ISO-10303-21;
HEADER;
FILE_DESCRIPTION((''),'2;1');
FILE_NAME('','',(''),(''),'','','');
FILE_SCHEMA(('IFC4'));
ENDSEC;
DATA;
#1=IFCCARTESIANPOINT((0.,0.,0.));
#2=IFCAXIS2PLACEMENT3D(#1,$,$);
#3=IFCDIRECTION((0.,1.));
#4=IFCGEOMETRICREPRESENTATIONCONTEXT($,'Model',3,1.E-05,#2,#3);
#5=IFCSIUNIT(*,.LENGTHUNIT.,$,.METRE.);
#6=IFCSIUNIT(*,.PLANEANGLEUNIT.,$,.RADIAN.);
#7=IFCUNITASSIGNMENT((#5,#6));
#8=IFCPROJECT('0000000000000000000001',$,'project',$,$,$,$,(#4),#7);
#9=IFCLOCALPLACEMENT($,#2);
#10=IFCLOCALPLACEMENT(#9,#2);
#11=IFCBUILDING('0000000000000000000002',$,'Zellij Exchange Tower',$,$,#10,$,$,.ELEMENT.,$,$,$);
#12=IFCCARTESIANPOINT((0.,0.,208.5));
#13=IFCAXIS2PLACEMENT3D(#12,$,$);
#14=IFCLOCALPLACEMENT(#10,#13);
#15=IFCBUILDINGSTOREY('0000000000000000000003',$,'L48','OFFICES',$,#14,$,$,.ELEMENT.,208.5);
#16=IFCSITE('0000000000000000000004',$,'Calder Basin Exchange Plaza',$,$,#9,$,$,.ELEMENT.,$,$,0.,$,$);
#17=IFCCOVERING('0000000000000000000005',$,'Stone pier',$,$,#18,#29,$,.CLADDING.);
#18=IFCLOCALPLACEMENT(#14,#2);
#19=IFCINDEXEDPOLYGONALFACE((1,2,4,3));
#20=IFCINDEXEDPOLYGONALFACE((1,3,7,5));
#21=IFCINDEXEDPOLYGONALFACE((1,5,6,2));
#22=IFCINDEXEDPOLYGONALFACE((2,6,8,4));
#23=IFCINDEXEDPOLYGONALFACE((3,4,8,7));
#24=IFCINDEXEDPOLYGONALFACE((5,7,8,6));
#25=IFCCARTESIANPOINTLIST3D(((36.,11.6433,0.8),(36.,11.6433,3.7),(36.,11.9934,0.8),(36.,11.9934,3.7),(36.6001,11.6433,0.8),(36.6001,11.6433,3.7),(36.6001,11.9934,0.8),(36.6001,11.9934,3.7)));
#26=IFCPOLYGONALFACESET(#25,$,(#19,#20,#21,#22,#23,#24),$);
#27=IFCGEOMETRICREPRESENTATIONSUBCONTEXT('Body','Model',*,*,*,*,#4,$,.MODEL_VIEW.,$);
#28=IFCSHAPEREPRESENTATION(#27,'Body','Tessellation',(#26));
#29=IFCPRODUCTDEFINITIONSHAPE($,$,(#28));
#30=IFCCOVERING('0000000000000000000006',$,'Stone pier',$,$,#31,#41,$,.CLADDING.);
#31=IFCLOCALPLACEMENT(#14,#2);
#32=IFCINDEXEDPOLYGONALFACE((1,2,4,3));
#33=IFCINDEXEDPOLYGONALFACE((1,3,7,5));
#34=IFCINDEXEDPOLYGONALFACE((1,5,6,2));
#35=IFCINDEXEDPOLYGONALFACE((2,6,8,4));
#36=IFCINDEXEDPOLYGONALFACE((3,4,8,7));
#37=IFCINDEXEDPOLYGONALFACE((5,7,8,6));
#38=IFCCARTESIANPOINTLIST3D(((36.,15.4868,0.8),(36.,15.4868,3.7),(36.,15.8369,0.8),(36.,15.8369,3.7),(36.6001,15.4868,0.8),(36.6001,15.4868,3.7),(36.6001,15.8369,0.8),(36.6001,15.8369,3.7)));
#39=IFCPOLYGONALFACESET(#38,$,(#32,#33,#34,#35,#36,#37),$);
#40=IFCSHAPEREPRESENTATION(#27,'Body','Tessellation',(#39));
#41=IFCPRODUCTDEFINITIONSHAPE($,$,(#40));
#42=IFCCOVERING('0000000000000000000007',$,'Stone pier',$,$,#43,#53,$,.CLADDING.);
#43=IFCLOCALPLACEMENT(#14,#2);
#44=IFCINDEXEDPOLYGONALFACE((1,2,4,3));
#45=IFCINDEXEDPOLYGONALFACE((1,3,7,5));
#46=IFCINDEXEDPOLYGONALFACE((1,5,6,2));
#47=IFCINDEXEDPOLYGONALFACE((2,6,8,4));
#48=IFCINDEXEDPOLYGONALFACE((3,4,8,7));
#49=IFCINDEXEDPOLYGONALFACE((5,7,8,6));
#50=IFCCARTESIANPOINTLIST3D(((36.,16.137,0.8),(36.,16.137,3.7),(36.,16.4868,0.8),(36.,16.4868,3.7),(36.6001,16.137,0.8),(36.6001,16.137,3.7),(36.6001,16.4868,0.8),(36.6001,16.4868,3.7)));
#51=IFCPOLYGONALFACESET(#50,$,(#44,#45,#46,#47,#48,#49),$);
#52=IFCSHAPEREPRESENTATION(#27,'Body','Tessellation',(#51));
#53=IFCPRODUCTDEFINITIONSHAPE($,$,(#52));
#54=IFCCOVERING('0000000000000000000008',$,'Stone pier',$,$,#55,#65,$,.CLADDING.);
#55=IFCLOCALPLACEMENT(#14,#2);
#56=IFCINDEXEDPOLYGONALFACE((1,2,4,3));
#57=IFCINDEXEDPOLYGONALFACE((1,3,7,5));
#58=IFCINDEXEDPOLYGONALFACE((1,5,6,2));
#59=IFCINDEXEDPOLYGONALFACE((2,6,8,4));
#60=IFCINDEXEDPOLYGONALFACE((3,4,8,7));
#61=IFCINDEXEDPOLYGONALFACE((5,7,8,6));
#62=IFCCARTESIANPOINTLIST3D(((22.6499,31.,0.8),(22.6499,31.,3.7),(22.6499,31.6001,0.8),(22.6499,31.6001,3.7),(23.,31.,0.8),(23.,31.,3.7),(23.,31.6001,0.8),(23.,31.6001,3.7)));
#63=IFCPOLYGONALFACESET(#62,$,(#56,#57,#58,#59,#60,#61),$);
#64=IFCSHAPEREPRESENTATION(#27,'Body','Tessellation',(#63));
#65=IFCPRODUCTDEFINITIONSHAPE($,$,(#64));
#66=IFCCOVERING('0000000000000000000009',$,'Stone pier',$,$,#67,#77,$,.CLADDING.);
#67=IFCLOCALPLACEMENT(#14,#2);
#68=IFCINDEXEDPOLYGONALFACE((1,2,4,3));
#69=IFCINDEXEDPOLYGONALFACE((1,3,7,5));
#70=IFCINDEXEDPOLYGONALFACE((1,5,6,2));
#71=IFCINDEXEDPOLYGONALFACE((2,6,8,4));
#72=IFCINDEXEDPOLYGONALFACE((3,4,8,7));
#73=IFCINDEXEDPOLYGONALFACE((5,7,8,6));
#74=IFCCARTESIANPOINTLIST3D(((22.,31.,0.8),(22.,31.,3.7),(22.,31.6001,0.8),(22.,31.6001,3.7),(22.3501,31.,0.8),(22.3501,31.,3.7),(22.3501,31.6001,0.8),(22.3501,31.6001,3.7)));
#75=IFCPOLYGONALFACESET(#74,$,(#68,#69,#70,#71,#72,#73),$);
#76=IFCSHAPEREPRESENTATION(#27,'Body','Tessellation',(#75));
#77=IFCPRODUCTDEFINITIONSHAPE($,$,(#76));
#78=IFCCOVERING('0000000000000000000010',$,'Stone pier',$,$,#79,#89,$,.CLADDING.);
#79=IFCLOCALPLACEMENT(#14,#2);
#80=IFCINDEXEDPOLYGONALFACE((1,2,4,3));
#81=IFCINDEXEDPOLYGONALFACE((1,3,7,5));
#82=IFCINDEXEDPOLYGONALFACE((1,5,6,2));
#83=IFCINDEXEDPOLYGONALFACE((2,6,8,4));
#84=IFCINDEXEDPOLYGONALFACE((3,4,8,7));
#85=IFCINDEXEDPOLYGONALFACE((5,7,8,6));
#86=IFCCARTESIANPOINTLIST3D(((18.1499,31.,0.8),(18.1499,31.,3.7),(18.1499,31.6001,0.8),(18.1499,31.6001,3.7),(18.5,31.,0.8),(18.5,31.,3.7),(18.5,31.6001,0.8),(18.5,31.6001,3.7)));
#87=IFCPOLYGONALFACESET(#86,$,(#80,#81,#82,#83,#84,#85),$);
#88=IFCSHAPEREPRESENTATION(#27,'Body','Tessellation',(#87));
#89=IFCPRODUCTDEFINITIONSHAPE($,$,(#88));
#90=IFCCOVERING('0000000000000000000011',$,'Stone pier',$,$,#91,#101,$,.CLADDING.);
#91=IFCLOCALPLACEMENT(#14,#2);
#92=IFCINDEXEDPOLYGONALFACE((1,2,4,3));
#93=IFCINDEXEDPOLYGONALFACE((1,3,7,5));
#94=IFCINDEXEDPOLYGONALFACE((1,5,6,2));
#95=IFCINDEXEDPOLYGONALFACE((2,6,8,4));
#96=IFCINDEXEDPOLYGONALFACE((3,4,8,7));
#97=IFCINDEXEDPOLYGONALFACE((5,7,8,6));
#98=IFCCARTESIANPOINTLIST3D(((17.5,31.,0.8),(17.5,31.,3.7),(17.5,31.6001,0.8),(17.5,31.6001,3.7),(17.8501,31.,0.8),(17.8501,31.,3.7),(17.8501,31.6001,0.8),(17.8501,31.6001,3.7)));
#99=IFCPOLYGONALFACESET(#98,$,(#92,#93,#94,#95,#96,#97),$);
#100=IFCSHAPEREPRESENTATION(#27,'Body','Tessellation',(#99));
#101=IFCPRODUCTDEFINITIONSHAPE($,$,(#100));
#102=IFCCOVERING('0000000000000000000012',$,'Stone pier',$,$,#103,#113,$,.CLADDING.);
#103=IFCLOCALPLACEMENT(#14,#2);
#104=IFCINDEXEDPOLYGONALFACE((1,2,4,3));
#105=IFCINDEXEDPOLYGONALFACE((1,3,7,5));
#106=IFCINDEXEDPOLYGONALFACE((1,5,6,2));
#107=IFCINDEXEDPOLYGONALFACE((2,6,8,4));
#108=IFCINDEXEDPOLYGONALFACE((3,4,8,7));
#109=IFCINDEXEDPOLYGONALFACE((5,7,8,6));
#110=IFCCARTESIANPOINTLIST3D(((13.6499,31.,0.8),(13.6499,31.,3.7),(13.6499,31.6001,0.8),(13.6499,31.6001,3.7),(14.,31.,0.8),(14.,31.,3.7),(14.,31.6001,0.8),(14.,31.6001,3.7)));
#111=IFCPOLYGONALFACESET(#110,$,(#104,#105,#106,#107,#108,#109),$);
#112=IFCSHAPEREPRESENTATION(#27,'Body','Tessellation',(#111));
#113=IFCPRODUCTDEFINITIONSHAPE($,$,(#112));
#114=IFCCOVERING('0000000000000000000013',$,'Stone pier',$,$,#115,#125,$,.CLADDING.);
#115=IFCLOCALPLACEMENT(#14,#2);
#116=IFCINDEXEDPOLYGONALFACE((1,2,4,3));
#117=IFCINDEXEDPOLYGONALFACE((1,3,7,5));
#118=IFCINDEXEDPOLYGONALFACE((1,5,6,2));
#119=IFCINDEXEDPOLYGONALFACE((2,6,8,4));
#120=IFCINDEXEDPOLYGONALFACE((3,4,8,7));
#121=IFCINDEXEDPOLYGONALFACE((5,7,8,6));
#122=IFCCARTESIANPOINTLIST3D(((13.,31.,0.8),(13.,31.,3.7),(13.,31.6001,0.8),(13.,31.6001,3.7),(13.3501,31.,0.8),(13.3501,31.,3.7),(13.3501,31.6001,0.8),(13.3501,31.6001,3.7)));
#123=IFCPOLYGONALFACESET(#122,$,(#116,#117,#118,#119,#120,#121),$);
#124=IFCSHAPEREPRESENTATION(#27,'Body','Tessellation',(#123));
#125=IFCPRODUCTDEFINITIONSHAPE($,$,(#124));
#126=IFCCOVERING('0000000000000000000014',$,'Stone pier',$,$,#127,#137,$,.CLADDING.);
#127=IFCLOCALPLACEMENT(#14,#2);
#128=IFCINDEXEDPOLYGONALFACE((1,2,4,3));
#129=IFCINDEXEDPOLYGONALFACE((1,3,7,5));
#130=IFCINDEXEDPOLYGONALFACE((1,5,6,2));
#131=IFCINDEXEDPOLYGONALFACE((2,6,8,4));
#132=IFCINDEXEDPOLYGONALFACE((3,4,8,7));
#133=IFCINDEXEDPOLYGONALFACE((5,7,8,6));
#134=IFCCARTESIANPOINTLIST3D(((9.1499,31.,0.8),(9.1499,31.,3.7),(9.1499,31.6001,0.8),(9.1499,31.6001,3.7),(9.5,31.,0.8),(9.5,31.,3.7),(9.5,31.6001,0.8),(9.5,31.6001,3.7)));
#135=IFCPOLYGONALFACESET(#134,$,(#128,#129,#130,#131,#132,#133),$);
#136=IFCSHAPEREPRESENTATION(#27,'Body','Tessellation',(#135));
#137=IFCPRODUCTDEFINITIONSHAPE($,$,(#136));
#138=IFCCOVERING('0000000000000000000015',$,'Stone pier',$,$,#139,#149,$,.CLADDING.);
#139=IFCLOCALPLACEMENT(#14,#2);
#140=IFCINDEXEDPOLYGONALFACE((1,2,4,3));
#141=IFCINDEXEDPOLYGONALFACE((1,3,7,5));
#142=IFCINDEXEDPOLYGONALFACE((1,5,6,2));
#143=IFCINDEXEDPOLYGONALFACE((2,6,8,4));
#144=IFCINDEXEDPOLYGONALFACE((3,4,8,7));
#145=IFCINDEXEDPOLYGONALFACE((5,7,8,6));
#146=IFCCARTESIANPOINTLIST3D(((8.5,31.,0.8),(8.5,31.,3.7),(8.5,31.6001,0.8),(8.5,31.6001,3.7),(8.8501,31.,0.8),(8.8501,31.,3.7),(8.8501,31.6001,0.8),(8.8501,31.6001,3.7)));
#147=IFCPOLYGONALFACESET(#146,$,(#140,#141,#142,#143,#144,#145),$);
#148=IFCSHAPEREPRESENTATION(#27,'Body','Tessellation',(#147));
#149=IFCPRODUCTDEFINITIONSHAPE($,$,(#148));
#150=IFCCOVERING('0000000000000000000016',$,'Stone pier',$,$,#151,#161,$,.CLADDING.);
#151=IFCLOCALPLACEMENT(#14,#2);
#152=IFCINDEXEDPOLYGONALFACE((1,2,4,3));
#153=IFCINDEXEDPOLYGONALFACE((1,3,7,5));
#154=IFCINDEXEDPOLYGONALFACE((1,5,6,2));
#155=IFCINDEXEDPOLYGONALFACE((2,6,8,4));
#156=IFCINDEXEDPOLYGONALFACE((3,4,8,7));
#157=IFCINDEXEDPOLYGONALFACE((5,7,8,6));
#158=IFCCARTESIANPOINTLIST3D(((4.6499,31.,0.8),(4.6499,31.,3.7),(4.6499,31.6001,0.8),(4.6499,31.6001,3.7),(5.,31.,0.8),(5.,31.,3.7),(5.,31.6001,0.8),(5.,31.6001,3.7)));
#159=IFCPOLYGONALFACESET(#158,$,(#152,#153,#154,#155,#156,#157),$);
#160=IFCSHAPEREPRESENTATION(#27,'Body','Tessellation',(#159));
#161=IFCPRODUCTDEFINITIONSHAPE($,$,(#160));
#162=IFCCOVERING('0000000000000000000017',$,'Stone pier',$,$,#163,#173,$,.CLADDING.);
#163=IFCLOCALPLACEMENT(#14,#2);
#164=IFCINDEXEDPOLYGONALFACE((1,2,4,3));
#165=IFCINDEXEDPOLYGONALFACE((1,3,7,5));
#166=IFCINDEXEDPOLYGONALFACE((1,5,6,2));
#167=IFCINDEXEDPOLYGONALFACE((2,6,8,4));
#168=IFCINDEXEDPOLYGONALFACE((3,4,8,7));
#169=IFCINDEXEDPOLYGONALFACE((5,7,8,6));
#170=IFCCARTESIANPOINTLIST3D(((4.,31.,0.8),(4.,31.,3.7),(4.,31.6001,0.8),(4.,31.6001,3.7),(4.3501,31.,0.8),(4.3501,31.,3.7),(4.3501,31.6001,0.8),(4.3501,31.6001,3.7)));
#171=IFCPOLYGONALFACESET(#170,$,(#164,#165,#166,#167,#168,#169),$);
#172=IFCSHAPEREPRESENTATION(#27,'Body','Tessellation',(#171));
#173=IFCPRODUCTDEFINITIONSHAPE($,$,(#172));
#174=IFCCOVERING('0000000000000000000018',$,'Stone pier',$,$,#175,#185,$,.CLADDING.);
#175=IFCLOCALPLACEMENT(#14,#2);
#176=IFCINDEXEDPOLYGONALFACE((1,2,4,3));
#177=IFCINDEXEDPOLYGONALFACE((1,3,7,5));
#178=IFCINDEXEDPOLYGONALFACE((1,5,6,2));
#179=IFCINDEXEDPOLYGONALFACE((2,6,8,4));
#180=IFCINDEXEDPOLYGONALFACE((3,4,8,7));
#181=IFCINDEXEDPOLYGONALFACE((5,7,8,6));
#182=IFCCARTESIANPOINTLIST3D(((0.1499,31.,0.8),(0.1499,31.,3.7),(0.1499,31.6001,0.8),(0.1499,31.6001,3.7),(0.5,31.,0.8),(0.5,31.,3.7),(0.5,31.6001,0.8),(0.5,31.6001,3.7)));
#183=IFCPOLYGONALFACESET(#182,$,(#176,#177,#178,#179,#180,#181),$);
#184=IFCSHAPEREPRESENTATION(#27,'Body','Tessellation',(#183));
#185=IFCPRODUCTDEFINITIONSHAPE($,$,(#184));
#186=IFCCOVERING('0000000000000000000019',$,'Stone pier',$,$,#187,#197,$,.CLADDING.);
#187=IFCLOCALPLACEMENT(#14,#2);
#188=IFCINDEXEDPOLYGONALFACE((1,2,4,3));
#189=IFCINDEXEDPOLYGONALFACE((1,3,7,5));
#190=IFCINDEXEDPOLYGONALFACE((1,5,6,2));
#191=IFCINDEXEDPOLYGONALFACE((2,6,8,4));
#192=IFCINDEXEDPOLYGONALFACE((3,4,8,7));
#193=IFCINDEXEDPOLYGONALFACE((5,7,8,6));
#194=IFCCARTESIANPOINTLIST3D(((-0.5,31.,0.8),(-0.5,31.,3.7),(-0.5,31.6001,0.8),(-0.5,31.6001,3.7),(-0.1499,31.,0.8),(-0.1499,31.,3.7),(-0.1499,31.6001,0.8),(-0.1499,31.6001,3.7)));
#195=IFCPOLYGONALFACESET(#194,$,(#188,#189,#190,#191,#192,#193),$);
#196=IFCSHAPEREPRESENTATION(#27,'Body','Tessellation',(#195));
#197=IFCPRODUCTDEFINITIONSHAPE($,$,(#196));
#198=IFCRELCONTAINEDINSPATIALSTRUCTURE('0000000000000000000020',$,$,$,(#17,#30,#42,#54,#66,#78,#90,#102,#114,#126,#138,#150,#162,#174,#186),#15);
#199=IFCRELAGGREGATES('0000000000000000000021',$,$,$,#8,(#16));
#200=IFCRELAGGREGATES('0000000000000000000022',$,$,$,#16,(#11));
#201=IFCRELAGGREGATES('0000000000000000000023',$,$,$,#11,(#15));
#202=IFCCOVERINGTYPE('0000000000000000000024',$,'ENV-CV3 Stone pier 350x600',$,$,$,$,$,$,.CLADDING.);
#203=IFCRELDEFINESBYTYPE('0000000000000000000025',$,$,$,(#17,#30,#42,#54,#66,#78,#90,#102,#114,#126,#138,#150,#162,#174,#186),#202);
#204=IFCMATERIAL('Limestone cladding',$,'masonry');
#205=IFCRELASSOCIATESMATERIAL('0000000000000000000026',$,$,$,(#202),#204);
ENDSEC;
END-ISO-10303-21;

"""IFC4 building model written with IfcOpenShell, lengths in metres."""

from ifc_helpers import new_model, si_unit, direction, frame, origin, place, context, subcontext, project, spatial, polyline, outline, extrude, material, type_object, element, save


model = new_model("IFC4")

# Units and contexts
model_context = context("Model", 3, precision=1e-05, world=origin(), true_north=direction((0.0, 1.0)))
body_context = subcontext(model_context, "Body", "Model", "MODEL_VIEW")
ifc_project = project(units=[si_unit("LENGTHUNIT", "METRE"), si_unit("PLANEANGLEUNIT", "RADIAN")], contexts=[model_context])

# Site, building, storey
site_placement = place(None, origin())
site = spatial("IfcSite", under=ifc_project, at=site_placement, Name="Calder Basin Exchange Plaza", CompositionType="ELEMENT", RefElevation=0.0)
building_placement = place(site_placement, origin())
building = spatial("IfcBuilding", under=site, at=building_placement, Name="Zellij Exchange Tower", CompositionType="ELEMENT")
storey_placement = place(building_placement, frame((0.0, 0.0, 208.5)))
storey = spatial("IfcBuildingStorey", under=building, at=storey_placement, Name="L48", Description="OFFICES", CompositionType="ELEMENT", Elevation=208.5)

# Coverings
ifc_material = material(Name="Limestone cladding", Category="masonry")
covering_type = type_object("IfcCoveringType", Name="ENV-CV3 Stone pier 350x600", PredefinedType="CLADDING", material=ifc_material)
covering_1_placement = place(storey_placement, frame((0.0, 0.0, 0.8)))
element("IfcCovering", 1, at=covering_1_placement, inside=storey, type_object=covering_type, Name="Stone pier", PredefinedType="CLADDING", context=body_context, shape_type="SweptSolid", body=[
    extrude(outline(polyline([(36.0, 11.6433), (36.0, 11.9934), (36.6001, 11.9934), (36.6001, 11.6433), (36.0, 11.6433)])), origin(), (0.0, 0.0, 1.0), 2.8999),
])
covering_2_placement = place(storey_placement, frame((0.0, 0.0, 0.8)))
element("IfcCovering", 2, at=covering_2_placement, inside=storey, type_object=covering_type, Name="Stone pier", PredefinedType="CLADDING", context=body_context, shape_type="SweptSolid", body=[
    extrude(outline(polyline([(36.0, 15.4868), (36.0, 15.8369), (36.6001, 15.8369), (36.6001, 15.4868), (36.0, 15.4868)])), origin(), (0.0, 0.0, 1.0), 2.8999),
])
covering_3_placement = place(storey_placement, frame((0.0, 0.0, 0.8)))
element("IfcCovering", 3, at=covering_3_placement, inside=storey, type_object=covering_type, Name="Stone pier", PredefinedType="CLADDING", context=body_context, shape_type="SweptSolid", body=[
    extrude(outline(polyline([(36.0, 16.137), (36.0, 16.4868), (36.6001, 16.4868), (36.6001, 16.137), (36.0, 16.137)])), origin(), (0.0, 0.0, 1.0), 2.8999),
])
covering_4_placement = place(storey_placement, frame((0.0, 0.0, 0.8)))
element("IfcCovering", 4, at=covering_4_placement, inside=storey, type_object=covering_type, Name="Stone pier", PredefinedType="CLADDING", context=body_context, shape_type="SweptSolid", body=[
    extrude(outline(polyline([(23.0, 31.0), (22.6499, 31.0), (22.6499, 31.6001), (23.0, 31.6001), (23.0, 31.0)])), origin(), (0.0, 0.0, 1.0), 2.8999),
])
covering_5_placement = place(storey_placement, frame((0.0, 0.0, 0.8)))
element("IfcCovering", 5, at=covering_5_placement, inside=storey, type_object=covering_type, Name="Stone pier", PredefinedType="CLADDING", context=body_context, shape_type="SweptSolid", body=[
    extrude(outline(polyline([(22.3501, 31.0), (22.0, 31.0), (22.0, 31.6001), (22.3501, 31.6001), (22.3501, 31.0)])), origin(), (0.0, 0.0, 1.0), 2.8999),
])
covering_6_placement = place(storey_placement, frame((0.0, 0.0, 0.8)))
element("IfcCovering", 6, at=covering_6_placement, inside=storey, type_object=covering_type, Name="Stone pier", PredefinedType="CLADDING", context=body_context, shape_type="SweptSolid", body=[
    extrude(outline(polyline([(18.5, 31.0), (18.1499, 31.0), (18.1499, 31.6001), (18.5, 31.6001), (18.5, 31.0)])), origin(), (0.0, 0.0, 1.0), 2.8999),
])
covering_7_placement = place(storey_placement, frame((0.0, 0.0, 0.8)))
element("IfcCovering", 7, at=covering_7_placement, inside=storey, type_object=covering_type, Name="Stone pier", PredefinedType="CLADDING", context=body_context, shape_type="SweptSolid", body=[
    extrude(outline(polyline([(17.8501, 31.0), (17.5, 31.0), (17.5, 31.6001), (17.8501, 31.6001), (17.8501, 31.0)])), origin(), (0.0, 0.0, 1.0), 2.8999),
])
covering_8_placement = place(storey_placement, frame((0.0, 0.0, 0.8)))
element("IfcCovering", 8, at=covering_8_placement, inside=storey, type_object=covering_type, Name="Stone pier", PredefinedType="CLADDING", context=body_context, shape_type="SweptSolid", body=[
    extrude(outline(polyline([(14.0, 31.0), (13.6499, 31.0), (13.6499, 31.6001), (14.0, 31.6001), (14.0, 31.0)])), origin(), (0.0, 0.0, 1.0), 2.8999),
])
covering_9_placement = place(storey_placement, frame((0.0, 0.0, 0.8)))
element("IfcCovering", 9, at=covering_9_placement, inside=storey, type_object=covering_type, Name="Stone pier", PredefinedType="CLADDING", context=body_context, shape_type="SweptSolid", body=[
    extrude(outline(polyline([(13.3501, 31.0), (13.0, 31.0), (13.0, 31.6001), (13.3501, 31.6001), (13.3501, 31.0)])), origin(), (0.0, 0.0, 1.0), 2.8999),
])
covering_10_placement = place(storey_placement, frame((0.0, 0.0, 0.8)))
element("IfcCovering", 10, at=covering_10_placement, inside=storey, type_object=covering_type, Name="Stone pier", PredefinedType="CLADDING", context=body_context, shape_type="SweptSolid", body=[
    extrude(outline(polyline([(9.5, 31.0), (9.1499, 31.0), (9.1499, 31.6001), (9.5, 31.6001), (9.5, 31.0)])), origin(), (0.0, 0.0, 1.0), 2.8999),
])
covering_11_placement = place(storey_placement, frame((0.0, 0.0, 0.8)))
element("IfcCovering", 11, at=covering_11_placement, inside=storey, type_object=covering_type, Name="Stone pier", PredefinedType="CLADDING", context=body_context, shape_type="SweptSolid", body=[
    extrude(outline(polyline([(8.8501, 31.0), (8.5, 31.0), (8.5, 31.6001), (8.8501, 31.6001), (8.8501, 31.0)])), origin(), (0.0, 0.0, 1.0), 2.8999),
])
covering_12_placement = place(storey_placement, frame((0.0, 0.0, 0.8)))
element("IfcCovering", 12, at=covering_12_placement, inside=storey, type_object=covering_type, Name="Stone pier", PredefinedType="CLADDING", context=body_context, shape_type="SweptSolid", body=[
    extrude(outline(polyline([(5.0, 31.0), (4.6499, 31.0), (4.6499, 31.6001), (5.0, 31.6001), (5.0, 31.0)])), origin(), (0.0, 0.0, 1.0), 2.8999),
])
covering_13_placement = place(storey_placement, frame((0.0, 0.0, 0.8)))
element("IfcCovering", 13, at=covering_13_placement, inside=storey, type_object=covering_type, Name="Stone pier", PredefinedType="CLADDING", context=body_context, shape_type="SweptSolid", body=[
    extrude(outline(polyline([(4.3501, 31.0), (4.0, 31.0), (4.0, 31.6001), (4.3501, 31.6001), (4.3501, 31.0)])), origin(), (0.0, 0.0, 1.0), 2.8999),
])
covering_14_placement = place(storey_placement, frame((0.0, 0.0, 0.8)))
element("IfcCovering", 14, at=covering_14_placement, inside=storey, type_object=covering_type, Name="Stone pier", PredefinedType="CLADDING", context=body_context, shape_type="SweptSolid", body=[
    extrude(outline(polyline([(0.5, 31.0), (0.1499, 31.0), (0.1499, 31.6001), (0.5, 31.6001), (0.5, 31.0)])), origin(), (0.0, 0.0, 1.0), 2.8999),
])
covering_15_placement = place(storey_placement, frame((0.0, 0.0, 0.8)))
element("IfcCovering", 15, at=covering_15_placement, inside=storey, type_object=covering_type, Name="Stone pier", PredefinedType="CLADDING", context=body_context, shape_type="SweptSolid", body=[
    extrude(outline(polyline([(-0.1499, 31.0), (-0.5, 31.0), (-0.5, 31.6001), (-0.1499, 31.6001), (-0.1499, 31.0)])), origin(), (0.0, 0.0, 1.0), 2.8999),
])

save(model, "model.ifc")
